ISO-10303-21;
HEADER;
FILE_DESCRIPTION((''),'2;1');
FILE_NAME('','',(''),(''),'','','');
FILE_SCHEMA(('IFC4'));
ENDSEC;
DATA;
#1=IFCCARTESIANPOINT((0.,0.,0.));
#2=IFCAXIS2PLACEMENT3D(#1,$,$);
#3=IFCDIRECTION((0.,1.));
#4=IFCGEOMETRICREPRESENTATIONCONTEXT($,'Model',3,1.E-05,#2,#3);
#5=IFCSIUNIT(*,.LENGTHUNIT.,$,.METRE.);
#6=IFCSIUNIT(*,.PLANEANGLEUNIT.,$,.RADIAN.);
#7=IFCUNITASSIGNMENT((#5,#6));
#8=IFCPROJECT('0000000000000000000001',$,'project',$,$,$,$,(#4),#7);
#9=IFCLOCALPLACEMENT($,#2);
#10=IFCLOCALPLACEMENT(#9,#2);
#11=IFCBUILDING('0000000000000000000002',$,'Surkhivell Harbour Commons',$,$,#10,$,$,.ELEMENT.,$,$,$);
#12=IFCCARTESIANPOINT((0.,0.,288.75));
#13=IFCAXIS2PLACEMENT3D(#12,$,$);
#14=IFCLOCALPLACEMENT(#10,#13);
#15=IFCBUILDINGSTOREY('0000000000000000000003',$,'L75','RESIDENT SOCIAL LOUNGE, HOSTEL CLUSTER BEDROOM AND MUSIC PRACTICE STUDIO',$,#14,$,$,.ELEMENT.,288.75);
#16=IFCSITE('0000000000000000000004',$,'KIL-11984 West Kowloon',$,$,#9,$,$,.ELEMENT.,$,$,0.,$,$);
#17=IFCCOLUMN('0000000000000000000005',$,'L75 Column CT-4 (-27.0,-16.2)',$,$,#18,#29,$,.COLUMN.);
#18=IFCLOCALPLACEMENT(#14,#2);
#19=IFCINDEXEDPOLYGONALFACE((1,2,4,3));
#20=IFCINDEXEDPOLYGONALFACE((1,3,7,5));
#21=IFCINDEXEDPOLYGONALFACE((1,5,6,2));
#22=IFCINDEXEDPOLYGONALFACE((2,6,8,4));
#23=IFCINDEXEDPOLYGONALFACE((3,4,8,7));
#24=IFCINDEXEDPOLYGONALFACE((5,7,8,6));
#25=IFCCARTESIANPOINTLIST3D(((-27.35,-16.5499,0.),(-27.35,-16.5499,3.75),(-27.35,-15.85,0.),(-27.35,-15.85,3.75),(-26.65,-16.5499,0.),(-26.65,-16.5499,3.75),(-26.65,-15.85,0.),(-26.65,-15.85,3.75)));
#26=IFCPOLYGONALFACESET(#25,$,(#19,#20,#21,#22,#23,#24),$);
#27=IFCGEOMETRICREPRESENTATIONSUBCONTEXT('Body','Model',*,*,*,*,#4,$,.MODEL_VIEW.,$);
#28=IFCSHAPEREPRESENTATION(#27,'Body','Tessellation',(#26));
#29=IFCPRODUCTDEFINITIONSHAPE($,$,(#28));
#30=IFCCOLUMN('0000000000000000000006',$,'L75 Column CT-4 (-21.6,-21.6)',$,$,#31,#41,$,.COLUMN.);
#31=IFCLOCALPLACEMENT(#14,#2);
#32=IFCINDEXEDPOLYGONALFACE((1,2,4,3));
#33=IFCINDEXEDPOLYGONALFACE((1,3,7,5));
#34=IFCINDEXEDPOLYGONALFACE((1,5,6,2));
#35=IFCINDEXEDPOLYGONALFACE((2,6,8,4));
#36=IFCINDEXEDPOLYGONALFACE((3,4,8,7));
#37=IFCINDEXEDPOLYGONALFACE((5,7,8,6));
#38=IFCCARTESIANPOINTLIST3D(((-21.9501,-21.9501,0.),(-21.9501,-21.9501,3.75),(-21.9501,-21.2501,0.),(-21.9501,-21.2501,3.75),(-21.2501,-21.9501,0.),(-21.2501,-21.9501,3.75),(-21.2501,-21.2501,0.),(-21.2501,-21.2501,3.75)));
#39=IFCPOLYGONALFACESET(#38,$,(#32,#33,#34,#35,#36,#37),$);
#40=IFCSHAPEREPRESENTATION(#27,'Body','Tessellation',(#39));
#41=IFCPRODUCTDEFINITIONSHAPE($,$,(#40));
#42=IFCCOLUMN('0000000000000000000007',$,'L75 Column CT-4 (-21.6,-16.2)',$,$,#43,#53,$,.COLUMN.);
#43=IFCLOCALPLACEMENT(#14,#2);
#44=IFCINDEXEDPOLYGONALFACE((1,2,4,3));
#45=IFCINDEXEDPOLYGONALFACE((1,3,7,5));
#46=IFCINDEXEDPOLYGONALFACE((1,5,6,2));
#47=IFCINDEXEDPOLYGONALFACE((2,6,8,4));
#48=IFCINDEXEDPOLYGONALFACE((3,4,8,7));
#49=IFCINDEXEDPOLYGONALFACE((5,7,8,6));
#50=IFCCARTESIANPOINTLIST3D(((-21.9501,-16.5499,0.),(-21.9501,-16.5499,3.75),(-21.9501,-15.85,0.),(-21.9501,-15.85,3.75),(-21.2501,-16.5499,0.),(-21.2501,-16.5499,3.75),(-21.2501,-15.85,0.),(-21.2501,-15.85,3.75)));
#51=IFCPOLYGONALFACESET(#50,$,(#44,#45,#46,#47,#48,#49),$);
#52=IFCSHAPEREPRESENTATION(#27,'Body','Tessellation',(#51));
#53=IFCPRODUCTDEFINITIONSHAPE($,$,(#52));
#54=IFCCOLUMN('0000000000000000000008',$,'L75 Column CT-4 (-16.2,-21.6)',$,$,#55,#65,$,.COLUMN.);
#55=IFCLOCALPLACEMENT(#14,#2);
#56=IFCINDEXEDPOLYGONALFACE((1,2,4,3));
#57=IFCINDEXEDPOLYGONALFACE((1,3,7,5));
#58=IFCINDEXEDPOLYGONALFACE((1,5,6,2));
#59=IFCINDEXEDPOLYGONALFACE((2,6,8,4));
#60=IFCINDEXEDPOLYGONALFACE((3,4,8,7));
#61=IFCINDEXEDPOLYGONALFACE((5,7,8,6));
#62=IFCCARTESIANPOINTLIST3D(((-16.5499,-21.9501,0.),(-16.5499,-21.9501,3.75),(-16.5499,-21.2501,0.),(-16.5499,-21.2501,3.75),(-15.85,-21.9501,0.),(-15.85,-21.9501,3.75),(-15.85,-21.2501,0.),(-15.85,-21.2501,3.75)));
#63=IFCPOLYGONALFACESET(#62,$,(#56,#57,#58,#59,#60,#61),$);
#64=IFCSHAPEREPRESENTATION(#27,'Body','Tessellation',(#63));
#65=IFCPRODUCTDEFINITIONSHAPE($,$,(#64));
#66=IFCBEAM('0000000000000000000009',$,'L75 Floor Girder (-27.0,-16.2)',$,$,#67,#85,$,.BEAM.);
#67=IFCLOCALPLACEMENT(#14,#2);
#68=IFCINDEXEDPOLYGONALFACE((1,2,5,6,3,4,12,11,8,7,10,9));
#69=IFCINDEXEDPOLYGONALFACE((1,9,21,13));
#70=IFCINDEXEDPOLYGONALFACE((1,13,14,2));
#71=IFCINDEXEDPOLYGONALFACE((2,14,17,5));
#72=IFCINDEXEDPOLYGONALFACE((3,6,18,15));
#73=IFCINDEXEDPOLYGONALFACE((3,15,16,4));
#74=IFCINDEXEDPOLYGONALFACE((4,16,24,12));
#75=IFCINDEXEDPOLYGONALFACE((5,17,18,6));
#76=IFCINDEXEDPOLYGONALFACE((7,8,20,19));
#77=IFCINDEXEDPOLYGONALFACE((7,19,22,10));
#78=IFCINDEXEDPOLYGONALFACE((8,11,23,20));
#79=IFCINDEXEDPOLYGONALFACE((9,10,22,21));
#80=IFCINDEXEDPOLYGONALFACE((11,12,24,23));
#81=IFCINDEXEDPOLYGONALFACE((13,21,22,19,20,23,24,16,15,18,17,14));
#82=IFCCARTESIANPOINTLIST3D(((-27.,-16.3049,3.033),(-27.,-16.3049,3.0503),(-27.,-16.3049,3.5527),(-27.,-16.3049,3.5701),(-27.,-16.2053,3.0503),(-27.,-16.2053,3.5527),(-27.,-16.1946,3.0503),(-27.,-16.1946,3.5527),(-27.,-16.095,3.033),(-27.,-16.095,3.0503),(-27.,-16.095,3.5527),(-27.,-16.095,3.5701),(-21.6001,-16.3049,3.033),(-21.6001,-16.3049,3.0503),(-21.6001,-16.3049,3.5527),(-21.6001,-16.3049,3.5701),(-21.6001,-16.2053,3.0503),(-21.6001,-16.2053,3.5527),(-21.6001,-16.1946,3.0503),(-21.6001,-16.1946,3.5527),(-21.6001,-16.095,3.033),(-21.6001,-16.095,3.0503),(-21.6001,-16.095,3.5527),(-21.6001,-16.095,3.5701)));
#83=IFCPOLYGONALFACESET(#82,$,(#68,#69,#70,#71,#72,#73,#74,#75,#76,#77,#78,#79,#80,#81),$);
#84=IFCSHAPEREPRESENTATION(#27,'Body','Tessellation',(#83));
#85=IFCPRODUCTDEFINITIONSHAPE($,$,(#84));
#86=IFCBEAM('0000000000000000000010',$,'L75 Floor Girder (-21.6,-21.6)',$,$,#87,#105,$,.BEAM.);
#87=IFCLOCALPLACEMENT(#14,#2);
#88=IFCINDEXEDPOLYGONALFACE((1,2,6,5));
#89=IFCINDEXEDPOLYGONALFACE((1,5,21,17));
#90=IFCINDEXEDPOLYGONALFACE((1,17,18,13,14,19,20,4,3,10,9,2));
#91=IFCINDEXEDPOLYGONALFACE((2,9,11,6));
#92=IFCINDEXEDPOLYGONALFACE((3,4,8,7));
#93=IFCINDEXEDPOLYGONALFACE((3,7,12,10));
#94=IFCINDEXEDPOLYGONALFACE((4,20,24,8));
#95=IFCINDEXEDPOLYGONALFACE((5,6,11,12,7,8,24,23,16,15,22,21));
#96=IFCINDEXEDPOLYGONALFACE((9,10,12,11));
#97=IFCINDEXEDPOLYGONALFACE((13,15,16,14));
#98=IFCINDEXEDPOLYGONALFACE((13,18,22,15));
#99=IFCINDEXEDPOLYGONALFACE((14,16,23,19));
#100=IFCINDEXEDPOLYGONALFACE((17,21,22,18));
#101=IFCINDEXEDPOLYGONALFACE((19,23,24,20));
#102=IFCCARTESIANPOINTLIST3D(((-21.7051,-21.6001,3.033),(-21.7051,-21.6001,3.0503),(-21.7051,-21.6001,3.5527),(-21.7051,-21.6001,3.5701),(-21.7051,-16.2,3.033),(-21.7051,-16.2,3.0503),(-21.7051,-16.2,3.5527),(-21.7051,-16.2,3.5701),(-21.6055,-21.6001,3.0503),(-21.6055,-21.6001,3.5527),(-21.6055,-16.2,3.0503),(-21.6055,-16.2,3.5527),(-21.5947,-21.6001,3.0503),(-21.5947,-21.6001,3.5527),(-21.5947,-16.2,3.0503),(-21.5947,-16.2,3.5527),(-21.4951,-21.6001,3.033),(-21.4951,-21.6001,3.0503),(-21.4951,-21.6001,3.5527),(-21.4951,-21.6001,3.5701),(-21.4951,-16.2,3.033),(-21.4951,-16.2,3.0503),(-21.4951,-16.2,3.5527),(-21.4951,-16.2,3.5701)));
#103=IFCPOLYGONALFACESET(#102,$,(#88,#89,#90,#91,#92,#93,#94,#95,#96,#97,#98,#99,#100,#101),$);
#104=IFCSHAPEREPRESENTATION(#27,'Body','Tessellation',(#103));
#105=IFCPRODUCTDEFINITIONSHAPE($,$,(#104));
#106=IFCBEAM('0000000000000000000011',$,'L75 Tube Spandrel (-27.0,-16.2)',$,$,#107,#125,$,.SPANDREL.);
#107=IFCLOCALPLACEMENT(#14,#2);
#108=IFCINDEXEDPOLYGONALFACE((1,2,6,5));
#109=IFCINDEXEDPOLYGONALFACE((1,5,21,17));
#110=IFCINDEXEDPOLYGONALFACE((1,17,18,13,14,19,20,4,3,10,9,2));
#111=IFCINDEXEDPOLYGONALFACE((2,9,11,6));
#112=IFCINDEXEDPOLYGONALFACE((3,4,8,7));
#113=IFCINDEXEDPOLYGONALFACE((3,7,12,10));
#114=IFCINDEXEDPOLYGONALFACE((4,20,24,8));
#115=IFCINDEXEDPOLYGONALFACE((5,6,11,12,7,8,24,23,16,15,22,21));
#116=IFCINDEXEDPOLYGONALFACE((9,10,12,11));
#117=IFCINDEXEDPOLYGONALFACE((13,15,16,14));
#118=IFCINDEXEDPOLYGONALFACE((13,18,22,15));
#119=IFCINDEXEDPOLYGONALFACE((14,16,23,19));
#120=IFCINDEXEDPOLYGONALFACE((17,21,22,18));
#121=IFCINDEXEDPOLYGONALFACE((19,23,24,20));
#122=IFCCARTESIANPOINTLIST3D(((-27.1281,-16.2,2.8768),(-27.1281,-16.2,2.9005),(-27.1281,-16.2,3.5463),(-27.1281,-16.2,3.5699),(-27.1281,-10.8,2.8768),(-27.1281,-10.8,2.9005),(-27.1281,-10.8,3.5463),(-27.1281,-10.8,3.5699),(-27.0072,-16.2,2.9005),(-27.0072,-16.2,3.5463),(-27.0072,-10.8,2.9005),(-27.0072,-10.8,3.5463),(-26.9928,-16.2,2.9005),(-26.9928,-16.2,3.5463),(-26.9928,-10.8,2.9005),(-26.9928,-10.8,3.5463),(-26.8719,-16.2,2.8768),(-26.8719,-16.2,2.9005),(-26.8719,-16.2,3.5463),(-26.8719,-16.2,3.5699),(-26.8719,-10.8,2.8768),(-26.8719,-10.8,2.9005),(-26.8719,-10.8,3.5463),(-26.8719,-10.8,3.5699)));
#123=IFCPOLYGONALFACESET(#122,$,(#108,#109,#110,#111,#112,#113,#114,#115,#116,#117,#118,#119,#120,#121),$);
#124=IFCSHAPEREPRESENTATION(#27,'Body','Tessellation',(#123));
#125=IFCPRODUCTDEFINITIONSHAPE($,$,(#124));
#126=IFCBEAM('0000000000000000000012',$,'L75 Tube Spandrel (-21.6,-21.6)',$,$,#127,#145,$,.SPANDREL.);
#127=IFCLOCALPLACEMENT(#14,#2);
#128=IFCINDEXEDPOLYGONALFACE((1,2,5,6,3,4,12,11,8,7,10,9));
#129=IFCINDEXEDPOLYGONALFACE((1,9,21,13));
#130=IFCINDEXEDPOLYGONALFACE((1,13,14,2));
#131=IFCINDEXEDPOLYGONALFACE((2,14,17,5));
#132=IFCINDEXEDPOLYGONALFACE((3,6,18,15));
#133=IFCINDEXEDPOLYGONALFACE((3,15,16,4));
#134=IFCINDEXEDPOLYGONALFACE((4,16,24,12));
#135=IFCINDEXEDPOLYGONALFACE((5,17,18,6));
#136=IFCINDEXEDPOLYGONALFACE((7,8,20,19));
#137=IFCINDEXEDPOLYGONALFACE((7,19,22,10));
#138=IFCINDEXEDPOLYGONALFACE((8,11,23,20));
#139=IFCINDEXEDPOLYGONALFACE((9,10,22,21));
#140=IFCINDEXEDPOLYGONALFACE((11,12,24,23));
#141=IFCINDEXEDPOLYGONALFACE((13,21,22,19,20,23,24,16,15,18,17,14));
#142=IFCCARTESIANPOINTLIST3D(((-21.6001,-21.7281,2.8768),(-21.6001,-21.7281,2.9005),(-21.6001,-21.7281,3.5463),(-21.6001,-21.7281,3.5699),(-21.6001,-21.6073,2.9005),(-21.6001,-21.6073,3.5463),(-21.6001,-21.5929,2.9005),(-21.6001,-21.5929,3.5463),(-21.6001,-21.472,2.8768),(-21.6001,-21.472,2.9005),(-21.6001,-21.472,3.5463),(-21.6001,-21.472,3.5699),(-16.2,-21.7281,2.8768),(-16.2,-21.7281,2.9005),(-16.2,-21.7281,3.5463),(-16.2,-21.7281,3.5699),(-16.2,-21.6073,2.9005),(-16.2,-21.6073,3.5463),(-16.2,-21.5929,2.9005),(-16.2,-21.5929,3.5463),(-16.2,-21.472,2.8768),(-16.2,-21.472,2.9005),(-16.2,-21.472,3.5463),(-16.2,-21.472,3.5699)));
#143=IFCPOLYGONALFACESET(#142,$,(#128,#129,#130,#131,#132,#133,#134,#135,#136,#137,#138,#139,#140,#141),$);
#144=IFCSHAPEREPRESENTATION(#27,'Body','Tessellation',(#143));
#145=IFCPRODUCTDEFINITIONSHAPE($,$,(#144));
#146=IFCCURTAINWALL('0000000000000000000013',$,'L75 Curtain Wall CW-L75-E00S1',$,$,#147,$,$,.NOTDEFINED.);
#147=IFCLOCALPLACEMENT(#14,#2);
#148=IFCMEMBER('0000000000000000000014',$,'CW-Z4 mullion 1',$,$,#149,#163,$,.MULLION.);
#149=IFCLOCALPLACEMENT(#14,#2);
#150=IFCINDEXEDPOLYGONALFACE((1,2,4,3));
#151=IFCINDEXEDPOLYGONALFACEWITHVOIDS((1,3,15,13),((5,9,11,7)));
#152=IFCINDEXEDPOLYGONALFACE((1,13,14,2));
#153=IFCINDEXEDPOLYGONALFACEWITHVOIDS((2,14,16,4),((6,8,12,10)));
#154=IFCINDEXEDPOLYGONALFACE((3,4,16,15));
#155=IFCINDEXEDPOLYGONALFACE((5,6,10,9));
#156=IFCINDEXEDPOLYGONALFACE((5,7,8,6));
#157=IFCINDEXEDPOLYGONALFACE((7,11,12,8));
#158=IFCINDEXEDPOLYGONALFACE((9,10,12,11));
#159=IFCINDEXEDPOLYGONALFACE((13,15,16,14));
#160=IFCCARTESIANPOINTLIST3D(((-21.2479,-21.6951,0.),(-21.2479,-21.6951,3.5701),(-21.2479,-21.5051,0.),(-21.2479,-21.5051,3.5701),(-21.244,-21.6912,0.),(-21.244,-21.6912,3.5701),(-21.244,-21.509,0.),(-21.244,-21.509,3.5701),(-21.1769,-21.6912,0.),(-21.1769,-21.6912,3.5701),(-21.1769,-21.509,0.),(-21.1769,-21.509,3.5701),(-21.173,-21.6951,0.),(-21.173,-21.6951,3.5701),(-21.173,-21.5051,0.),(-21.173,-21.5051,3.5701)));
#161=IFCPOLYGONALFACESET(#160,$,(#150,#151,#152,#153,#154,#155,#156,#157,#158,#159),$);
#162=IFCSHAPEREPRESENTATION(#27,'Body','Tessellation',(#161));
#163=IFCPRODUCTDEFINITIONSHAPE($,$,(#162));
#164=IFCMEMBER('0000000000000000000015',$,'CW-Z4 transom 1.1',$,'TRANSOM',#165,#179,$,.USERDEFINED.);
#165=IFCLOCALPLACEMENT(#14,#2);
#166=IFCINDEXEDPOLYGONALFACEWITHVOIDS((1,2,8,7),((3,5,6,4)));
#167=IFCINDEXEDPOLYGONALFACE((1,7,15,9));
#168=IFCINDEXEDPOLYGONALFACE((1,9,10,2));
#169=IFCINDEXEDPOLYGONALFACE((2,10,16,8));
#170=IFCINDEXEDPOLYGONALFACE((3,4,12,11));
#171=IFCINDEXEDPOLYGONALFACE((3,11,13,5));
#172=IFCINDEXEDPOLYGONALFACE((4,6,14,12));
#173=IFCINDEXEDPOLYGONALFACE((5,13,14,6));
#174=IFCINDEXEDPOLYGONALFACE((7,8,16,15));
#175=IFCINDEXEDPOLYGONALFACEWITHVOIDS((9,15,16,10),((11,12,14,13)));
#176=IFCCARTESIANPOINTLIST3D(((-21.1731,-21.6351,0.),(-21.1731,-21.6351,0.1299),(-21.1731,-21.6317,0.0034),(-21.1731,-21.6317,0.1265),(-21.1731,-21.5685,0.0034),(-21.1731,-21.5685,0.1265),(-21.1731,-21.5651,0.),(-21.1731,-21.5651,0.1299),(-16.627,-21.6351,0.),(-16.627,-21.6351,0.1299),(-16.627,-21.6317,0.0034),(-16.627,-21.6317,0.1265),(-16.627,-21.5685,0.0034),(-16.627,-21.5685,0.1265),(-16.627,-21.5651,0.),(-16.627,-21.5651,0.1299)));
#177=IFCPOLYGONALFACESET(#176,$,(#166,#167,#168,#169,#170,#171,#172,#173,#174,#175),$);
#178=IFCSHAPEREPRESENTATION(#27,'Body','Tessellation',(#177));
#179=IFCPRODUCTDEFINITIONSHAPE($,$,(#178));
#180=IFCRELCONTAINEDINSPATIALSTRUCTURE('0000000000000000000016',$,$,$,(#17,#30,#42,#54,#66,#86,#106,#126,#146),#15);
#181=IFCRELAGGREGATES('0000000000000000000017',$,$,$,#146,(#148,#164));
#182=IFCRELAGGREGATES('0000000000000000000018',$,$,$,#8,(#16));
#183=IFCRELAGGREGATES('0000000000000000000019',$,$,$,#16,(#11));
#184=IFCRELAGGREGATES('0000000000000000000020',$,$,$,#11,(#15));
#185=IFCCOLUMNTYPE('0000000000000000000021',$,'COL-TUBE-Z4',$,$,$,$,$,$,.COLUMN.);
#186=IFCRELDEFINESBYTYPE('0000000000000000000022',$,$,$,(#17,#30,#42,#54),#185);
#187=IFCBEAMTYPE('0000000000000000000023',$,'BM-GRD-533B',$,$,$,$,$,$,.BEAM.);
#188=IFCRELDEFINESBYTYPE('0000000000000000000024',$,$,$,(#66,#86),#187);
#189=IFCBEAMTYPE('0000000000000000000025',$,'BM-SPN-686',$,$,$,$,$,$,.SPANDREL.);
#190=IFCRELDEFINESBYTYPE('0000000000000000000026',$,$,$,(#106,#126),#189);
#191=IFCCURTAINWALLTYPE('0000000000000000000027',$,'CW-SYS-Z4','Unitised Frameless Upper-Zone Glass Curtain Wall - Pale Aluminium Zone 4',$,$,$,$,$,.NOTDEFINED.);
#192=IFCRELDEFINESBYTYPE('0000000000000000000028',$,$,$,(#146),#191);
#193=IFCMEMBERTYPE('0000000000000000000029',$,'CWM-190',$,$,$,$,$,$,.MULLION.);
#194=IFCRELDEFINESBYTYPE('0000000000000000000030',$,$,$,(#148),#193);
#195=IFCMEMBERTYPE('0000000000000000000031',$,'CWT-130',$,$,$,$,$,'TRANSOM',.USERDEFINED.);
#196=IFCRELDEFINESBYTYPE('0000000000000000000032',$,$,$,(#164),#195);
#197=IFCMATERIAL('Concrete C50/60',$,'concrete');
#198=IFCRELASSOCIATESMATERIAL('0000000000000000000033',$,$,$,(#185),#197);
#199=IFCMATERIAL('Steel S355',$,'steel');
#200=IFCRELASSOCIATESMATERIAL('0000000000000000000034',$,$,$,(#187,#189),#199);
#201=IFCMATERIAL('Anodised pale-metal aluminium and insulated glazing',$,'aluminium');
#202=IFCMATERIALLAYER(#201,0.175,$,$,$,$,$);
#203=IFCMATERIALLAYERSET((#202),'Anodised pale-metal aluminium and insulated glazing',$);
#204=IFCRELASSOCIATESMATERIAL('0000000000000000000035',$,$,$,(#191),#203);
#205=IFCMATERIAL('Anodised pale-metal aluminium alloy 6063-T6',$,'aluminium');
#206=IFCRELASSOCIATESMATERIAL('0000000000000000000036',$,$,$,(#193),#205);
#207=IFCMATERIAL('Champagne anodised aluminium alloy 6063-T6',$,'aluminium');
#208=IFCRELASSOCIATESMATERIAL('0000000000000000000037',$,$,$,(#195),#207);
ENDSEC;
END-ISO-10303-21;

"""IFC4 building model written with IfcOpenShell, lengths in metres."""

from ifc_helpers import new_model, si_unit, direction, frame, origin, origin_2d, place, context, subcontext, project, spatial, rectangle, hollow_rectangle, i_section, extrude, material, layer, layer_set, material_profile, profile_set, type_object, element, aggregate, save


model = new_model("IFC4")

# Units and contexts
model_context = context("Model", 3, precision=1e-05, world=origin(), true_north=direction((0.0, 1.0)))
body_context = subcontext(model_context, "Body", "Model", "MODEL_VIEW")
ifc_project = project(units=[si_unit("LENGTHUNIT", "METRE"), si_unit("PLANEANGLEUNIT", "RADIAN")], contexts=[model_context])

# Site, building, storey
site_placement = place(None, origin())
site = spatial("IfcSite", under=ifc_project, at=site_placement, Name="KIL-11984 West Kowloon", CompositionType="ELEMENT", RefElevation=0.0)
building_placement = place(site_placement, origin())
building = spatial("IfcBuilding", under=site, at=building_placement, Name="Surkhivell Harbour Commons", CompositionType="ELEMENT")
storey_placement = place(building_placement, frame((0.0, 0.0, 288.75)))
storey = spatial("IfcBuildingStorey", under=building, at=storey_placement, Name="L75", Description="RESIDENT SOCIAL LOUNGE, HOSTEL CLUSTER BEDROOM AND MUSIC PRACTICE STUDIO", CompositionType="ELEMENT", Elevation=288.75)

# Columns
ifc_material_1 = material(Name="Concrete C50/60", Category="concrete")
ifc_material_profile_1 = material_profile(ifc_material_1, rectangle(XDim=0.7, YDim=0.7, at=origin_2d()), Name="RC-COL-700x700")
ifc_profile_set_1 = profile_set([ifc_material_profile_1], Name="Concrete C50/60")
column_type = type_object("IfcColumnType", Name="COL-TUBE-Z4", PredefinedType="COLUMN", material=ifc_profile_set_1)
for number, where, z_axis, x_axis, name in (
    (1, (-27.0, -16.2, 0.0), (0.0, 0.0, 1.0), (1.0, 0.0, 0.0), "L75 Column CT-4 (-27.0,-16.2)"),
    (2, (-21.6001, -21.6001, 0.0), (0.0, 0.0, 1.0), (1.0, 0.0, 0.0), "L75 Column CT-4 (-21.6,-21.6)"),
    (3, (-21.6001, -16.2, 0.0), (0.0, 0.0, 1.0), (1.0, 0.0, 0.0), "L75 Column CT-4 (-21.6,-16.2)"),
    (4, (-16.2, -21.6001, 0.0), (0.0, 0.0, 1.0), (1.0, 0.0, 0.0), "L75 Column CT-4 (-16.2,-21.6)"),
):
    element("IfcColumn", number, at=place(storey_placement, frame(where, z_axis=z_axis, x_axis=x_axis)), inside=storey, type_object=column_type, Name=name, PredefinedType="COLUMN", context=body_context, shape_type="SweptSolid", body=[
        extrude(rectangle(XDim=0.7, YDim=0.7, at=origin_2d()), origin(), (0.0, 0.0, 1.0), 3.75),
    ])

# Beams
ifc_material_2 = material(Name="Steel S355", Category="steel")
ifc_material_profile_2 = material_profile(ifc_material_2, i_section(OverallWidth=0.21, OverallDepth=0.5371, WebThickness=0.0107, FlangeThickness=0.0173, at=origin_2d()), Name="UB533x210x101")
ifc_profile_set_2 = profile_set([ifc_material_profile_2], Name="Steel S355")
beam_type_1 = type_object("IfcBeamType", Name="BM-GRD-533B", PredefinedType="BEAM", material=ifc_profile_set_2)
beam_1_placement = place(storey_placement, frame((-27.0, -16.2, 3.3015), z_axis=(1.0, 0.0, 0.0), x_axis=(0.0, 1.0, 0.0)))
element("IfcBeam", 5, at=beam_1_placement, inside=storey, type_object=beam_type_1, Name="L75 Floor Girder (-27.0,-16.2)", PredefinedType="BEAM", context=body_context, shape_type="SweptSolid", body=[
    extrude(i_section(OverallWidth=0.21, OverallDepth=0.5371, WebThickness=0.0107, FlangeThickness=0.0173, at=origin_2d()), origin(), (0.0, 0.0, 1.0), 5.3999),
])
beam_2_placement = place(storey_placement, frame((-21.6001, -21.6001, 3.3015), z_axis=(0.0, 1.0, 0.0), x_axis=(-1.0, 0.0, 0.0)))
element("IfcBeam", 6, at=beam_2_placement, inside=storey, type_object=beam_type_1, Name="L75 Floor Girder (-21.6,-21.6)", PredefinedType="BEAM", context=body_context, shape_type="SweptSolid", body=[
    extrude(i_section(OverallWidth=0.21, OverallDepth=0.5371, WebThickness=0.0107, FlangeThickness=0.0173, at=origin_2d()), origin(), (0.0, 0.0, 1.0), 5.4001),
])
ifc_material_profile_3 = material_profile(ifc_material_2, i_section(OverallWidth=0.2561, OverallDepth=0.6931, WebThickness=0.0144, FlangeThickness=0.0237, at=origin_2d()), Name="UB686x254x170")
ifc_profile_set_3 = profile_set([ifc_material_profile_3], Name="Steel S355")
beam_type_2 = type_object("IfcBeamType", Name="BM-SPN-686", PredefinedType="SPANDREL", material=ifc_profile_set_3)
beam_3_placement = place(storey_placement, frame((-27.0, -16.2, 3.2234), z_axis=(0.0, 1.0, 0.0), x_axis=(-1.0, 0.0, 0.0)))
element("IfcBeam", 7, at=beam_3_placement, inside=storey, type_object=beam_type_2, Name="L75 Tube Spandrel (-27.0,-16.2)", PredefinedType="SPANDREL", context=body_context, shape_type="SweptSolid", body=[
    extrude(i_section(OverallWidth=0.2561, OverallDepth=0.6931, WebThickness=0.0144, FlangeThickness=0.0237, at=origin_2d()), origin(), (0.0, 0.0, 1.0), 5.3999),
])
beam_4_placement = place(storey_placement, frame((-21.6001, -21.6001, 3.2234), z_axis=(1.0, 0.0, 0.0), x_axis=(0.0, 1.0, 0.0)))
element("IfcBeam", 8, at=beam_4_placement, inside=storey, type_object=beam_type_2, Name="L75 Tube Spandrel (-21.6,-21.6)", PredefinedType="SPANDREL", context=body_context, shape_type="SweptSolid", body=[
    extrude(i_section(OverallWidth=0.2561, OverallDepth=0.6931, WebThickness=0.0144, FlangeThickness=0.0237, at=origin_2d()), origin(), (0.0, 0.0, 1.0), 5.4001),
])

# Curtain wall, members
ifc_material_3 = material(Name="Anodised pale-metal aluminium and insulated glazing", Category="aluminium")
ifc_layer_1 = layer(ifc_material_3, 0.175)
ifc_layer_set_1 = layer_set([ifc_layer_1], Name="Anodised pale-metal aluminium and insulated glazing")
curtain_wall_type = type_object("IfcCurtainWallType", Name="CW-SYS-Z4", Description="Unitised Frameless Upper-Zone Glass Curtain Wall - Pale Aluminium Zone 4", PredefinedType="NOTDEFINED", material=ifc_layer_set_1)
curtain_wall_placement = place(storey_placement, origin())
curtain_wall = element("IfcCurtainWall", 9, at=curtain_wall_placement, inside=storey, type_object=curtain_wall_type, Name="L75 Curtain Wall CW-L75-E00S1", PredefinedType="NOTDEFINED")
ifc_material_4 = material(Name="Anodised pale-metal aluminium alloy 6063-T6", Category="aluminium")
ifc_material_profile_4 = material_profile(ifc_material_4, hollow_rectangle(XDim=0.075, YDim=0.1899, WallThickness=0.0039, at=origin_2d()), Name="ALU-MULL-75x190")
ifc_profile_set_4 = profile_set([ifc_material_profile_4], Name="Anodised pale-metal aluminium alloy 6063-T6")
member_type_1 = type_object("IfcMemberType", Name="CWM-190", PredefinedType="MULLION", material=ifc_profile_set_4)
member_1_placement = place(storey_placement, frame((-21.2104, -21.6001, 0.0), z_axis=(0.0, 0.0, 1.0), x_axis=(1.0, 0.0, 0.0)))
member_1 = element("IfcMember", 10, at=member_1_placement, type_object=member_type_1, Name="CW-Z4 mullion 1", PredefinedType="MULLION", context=body_context, shape_type="SweptSolid", body=[
    extrude(hollow_rectangle(XDim=0.075, YDim=0.1899, WallThickness=0.0039, at=origin_2d()), origin(), (0.0, 0.0, 1.0), 3.5701),
])
ifc_material_5 = material(Name="Champagne anodised aluminium alloy 6063-T6", Category="aluminium")
ifc_material_profile_5 = material_profile(ifc_material_5, hollow_rectangle(XDim=0.0701, YDim=0.1299, WallThickness=0.0034, at=origin_2d()), Name="ALU-TRAN-70x130")
ifc_profile_set_5 = profile_set([ifc_material_profile_5], Name="Champagne anodised aluminium alloy 6063-T6")
member_type_2 = type_object("IfcMemberType", Name="CWT-130", ElementType="TRANSOM", PredefinedType="USERDEFINED", material=ifc_profile_set_5)
member_2_placement = place(storey_placement, frame((-21.1731, -21.6001, 0.0649), z_axis=(1.0, 0.0, 0.0), x_axis=(0.0, 1.0, 0.0)))
member_2 = element("IfcMember", 11, at=member_2_placement, type_object=member_type_2, Name="CW-Z4 transom 1.1", ObjectType="TRANSOM", PredefinedType="USERDEFINED", context=body_context, shape_type="SweptSolid", body=[
    extrude(hollow_rectangle(XDim=0.0701, YDim=0.1299, WallThickness=0.0034, at=origin_2d()), origin(), (0.0, 0.0, 1.0), 4.5461),
])

aggregate(curtain_wall, [member_1, member_2])

save(model, "model.ifc")
